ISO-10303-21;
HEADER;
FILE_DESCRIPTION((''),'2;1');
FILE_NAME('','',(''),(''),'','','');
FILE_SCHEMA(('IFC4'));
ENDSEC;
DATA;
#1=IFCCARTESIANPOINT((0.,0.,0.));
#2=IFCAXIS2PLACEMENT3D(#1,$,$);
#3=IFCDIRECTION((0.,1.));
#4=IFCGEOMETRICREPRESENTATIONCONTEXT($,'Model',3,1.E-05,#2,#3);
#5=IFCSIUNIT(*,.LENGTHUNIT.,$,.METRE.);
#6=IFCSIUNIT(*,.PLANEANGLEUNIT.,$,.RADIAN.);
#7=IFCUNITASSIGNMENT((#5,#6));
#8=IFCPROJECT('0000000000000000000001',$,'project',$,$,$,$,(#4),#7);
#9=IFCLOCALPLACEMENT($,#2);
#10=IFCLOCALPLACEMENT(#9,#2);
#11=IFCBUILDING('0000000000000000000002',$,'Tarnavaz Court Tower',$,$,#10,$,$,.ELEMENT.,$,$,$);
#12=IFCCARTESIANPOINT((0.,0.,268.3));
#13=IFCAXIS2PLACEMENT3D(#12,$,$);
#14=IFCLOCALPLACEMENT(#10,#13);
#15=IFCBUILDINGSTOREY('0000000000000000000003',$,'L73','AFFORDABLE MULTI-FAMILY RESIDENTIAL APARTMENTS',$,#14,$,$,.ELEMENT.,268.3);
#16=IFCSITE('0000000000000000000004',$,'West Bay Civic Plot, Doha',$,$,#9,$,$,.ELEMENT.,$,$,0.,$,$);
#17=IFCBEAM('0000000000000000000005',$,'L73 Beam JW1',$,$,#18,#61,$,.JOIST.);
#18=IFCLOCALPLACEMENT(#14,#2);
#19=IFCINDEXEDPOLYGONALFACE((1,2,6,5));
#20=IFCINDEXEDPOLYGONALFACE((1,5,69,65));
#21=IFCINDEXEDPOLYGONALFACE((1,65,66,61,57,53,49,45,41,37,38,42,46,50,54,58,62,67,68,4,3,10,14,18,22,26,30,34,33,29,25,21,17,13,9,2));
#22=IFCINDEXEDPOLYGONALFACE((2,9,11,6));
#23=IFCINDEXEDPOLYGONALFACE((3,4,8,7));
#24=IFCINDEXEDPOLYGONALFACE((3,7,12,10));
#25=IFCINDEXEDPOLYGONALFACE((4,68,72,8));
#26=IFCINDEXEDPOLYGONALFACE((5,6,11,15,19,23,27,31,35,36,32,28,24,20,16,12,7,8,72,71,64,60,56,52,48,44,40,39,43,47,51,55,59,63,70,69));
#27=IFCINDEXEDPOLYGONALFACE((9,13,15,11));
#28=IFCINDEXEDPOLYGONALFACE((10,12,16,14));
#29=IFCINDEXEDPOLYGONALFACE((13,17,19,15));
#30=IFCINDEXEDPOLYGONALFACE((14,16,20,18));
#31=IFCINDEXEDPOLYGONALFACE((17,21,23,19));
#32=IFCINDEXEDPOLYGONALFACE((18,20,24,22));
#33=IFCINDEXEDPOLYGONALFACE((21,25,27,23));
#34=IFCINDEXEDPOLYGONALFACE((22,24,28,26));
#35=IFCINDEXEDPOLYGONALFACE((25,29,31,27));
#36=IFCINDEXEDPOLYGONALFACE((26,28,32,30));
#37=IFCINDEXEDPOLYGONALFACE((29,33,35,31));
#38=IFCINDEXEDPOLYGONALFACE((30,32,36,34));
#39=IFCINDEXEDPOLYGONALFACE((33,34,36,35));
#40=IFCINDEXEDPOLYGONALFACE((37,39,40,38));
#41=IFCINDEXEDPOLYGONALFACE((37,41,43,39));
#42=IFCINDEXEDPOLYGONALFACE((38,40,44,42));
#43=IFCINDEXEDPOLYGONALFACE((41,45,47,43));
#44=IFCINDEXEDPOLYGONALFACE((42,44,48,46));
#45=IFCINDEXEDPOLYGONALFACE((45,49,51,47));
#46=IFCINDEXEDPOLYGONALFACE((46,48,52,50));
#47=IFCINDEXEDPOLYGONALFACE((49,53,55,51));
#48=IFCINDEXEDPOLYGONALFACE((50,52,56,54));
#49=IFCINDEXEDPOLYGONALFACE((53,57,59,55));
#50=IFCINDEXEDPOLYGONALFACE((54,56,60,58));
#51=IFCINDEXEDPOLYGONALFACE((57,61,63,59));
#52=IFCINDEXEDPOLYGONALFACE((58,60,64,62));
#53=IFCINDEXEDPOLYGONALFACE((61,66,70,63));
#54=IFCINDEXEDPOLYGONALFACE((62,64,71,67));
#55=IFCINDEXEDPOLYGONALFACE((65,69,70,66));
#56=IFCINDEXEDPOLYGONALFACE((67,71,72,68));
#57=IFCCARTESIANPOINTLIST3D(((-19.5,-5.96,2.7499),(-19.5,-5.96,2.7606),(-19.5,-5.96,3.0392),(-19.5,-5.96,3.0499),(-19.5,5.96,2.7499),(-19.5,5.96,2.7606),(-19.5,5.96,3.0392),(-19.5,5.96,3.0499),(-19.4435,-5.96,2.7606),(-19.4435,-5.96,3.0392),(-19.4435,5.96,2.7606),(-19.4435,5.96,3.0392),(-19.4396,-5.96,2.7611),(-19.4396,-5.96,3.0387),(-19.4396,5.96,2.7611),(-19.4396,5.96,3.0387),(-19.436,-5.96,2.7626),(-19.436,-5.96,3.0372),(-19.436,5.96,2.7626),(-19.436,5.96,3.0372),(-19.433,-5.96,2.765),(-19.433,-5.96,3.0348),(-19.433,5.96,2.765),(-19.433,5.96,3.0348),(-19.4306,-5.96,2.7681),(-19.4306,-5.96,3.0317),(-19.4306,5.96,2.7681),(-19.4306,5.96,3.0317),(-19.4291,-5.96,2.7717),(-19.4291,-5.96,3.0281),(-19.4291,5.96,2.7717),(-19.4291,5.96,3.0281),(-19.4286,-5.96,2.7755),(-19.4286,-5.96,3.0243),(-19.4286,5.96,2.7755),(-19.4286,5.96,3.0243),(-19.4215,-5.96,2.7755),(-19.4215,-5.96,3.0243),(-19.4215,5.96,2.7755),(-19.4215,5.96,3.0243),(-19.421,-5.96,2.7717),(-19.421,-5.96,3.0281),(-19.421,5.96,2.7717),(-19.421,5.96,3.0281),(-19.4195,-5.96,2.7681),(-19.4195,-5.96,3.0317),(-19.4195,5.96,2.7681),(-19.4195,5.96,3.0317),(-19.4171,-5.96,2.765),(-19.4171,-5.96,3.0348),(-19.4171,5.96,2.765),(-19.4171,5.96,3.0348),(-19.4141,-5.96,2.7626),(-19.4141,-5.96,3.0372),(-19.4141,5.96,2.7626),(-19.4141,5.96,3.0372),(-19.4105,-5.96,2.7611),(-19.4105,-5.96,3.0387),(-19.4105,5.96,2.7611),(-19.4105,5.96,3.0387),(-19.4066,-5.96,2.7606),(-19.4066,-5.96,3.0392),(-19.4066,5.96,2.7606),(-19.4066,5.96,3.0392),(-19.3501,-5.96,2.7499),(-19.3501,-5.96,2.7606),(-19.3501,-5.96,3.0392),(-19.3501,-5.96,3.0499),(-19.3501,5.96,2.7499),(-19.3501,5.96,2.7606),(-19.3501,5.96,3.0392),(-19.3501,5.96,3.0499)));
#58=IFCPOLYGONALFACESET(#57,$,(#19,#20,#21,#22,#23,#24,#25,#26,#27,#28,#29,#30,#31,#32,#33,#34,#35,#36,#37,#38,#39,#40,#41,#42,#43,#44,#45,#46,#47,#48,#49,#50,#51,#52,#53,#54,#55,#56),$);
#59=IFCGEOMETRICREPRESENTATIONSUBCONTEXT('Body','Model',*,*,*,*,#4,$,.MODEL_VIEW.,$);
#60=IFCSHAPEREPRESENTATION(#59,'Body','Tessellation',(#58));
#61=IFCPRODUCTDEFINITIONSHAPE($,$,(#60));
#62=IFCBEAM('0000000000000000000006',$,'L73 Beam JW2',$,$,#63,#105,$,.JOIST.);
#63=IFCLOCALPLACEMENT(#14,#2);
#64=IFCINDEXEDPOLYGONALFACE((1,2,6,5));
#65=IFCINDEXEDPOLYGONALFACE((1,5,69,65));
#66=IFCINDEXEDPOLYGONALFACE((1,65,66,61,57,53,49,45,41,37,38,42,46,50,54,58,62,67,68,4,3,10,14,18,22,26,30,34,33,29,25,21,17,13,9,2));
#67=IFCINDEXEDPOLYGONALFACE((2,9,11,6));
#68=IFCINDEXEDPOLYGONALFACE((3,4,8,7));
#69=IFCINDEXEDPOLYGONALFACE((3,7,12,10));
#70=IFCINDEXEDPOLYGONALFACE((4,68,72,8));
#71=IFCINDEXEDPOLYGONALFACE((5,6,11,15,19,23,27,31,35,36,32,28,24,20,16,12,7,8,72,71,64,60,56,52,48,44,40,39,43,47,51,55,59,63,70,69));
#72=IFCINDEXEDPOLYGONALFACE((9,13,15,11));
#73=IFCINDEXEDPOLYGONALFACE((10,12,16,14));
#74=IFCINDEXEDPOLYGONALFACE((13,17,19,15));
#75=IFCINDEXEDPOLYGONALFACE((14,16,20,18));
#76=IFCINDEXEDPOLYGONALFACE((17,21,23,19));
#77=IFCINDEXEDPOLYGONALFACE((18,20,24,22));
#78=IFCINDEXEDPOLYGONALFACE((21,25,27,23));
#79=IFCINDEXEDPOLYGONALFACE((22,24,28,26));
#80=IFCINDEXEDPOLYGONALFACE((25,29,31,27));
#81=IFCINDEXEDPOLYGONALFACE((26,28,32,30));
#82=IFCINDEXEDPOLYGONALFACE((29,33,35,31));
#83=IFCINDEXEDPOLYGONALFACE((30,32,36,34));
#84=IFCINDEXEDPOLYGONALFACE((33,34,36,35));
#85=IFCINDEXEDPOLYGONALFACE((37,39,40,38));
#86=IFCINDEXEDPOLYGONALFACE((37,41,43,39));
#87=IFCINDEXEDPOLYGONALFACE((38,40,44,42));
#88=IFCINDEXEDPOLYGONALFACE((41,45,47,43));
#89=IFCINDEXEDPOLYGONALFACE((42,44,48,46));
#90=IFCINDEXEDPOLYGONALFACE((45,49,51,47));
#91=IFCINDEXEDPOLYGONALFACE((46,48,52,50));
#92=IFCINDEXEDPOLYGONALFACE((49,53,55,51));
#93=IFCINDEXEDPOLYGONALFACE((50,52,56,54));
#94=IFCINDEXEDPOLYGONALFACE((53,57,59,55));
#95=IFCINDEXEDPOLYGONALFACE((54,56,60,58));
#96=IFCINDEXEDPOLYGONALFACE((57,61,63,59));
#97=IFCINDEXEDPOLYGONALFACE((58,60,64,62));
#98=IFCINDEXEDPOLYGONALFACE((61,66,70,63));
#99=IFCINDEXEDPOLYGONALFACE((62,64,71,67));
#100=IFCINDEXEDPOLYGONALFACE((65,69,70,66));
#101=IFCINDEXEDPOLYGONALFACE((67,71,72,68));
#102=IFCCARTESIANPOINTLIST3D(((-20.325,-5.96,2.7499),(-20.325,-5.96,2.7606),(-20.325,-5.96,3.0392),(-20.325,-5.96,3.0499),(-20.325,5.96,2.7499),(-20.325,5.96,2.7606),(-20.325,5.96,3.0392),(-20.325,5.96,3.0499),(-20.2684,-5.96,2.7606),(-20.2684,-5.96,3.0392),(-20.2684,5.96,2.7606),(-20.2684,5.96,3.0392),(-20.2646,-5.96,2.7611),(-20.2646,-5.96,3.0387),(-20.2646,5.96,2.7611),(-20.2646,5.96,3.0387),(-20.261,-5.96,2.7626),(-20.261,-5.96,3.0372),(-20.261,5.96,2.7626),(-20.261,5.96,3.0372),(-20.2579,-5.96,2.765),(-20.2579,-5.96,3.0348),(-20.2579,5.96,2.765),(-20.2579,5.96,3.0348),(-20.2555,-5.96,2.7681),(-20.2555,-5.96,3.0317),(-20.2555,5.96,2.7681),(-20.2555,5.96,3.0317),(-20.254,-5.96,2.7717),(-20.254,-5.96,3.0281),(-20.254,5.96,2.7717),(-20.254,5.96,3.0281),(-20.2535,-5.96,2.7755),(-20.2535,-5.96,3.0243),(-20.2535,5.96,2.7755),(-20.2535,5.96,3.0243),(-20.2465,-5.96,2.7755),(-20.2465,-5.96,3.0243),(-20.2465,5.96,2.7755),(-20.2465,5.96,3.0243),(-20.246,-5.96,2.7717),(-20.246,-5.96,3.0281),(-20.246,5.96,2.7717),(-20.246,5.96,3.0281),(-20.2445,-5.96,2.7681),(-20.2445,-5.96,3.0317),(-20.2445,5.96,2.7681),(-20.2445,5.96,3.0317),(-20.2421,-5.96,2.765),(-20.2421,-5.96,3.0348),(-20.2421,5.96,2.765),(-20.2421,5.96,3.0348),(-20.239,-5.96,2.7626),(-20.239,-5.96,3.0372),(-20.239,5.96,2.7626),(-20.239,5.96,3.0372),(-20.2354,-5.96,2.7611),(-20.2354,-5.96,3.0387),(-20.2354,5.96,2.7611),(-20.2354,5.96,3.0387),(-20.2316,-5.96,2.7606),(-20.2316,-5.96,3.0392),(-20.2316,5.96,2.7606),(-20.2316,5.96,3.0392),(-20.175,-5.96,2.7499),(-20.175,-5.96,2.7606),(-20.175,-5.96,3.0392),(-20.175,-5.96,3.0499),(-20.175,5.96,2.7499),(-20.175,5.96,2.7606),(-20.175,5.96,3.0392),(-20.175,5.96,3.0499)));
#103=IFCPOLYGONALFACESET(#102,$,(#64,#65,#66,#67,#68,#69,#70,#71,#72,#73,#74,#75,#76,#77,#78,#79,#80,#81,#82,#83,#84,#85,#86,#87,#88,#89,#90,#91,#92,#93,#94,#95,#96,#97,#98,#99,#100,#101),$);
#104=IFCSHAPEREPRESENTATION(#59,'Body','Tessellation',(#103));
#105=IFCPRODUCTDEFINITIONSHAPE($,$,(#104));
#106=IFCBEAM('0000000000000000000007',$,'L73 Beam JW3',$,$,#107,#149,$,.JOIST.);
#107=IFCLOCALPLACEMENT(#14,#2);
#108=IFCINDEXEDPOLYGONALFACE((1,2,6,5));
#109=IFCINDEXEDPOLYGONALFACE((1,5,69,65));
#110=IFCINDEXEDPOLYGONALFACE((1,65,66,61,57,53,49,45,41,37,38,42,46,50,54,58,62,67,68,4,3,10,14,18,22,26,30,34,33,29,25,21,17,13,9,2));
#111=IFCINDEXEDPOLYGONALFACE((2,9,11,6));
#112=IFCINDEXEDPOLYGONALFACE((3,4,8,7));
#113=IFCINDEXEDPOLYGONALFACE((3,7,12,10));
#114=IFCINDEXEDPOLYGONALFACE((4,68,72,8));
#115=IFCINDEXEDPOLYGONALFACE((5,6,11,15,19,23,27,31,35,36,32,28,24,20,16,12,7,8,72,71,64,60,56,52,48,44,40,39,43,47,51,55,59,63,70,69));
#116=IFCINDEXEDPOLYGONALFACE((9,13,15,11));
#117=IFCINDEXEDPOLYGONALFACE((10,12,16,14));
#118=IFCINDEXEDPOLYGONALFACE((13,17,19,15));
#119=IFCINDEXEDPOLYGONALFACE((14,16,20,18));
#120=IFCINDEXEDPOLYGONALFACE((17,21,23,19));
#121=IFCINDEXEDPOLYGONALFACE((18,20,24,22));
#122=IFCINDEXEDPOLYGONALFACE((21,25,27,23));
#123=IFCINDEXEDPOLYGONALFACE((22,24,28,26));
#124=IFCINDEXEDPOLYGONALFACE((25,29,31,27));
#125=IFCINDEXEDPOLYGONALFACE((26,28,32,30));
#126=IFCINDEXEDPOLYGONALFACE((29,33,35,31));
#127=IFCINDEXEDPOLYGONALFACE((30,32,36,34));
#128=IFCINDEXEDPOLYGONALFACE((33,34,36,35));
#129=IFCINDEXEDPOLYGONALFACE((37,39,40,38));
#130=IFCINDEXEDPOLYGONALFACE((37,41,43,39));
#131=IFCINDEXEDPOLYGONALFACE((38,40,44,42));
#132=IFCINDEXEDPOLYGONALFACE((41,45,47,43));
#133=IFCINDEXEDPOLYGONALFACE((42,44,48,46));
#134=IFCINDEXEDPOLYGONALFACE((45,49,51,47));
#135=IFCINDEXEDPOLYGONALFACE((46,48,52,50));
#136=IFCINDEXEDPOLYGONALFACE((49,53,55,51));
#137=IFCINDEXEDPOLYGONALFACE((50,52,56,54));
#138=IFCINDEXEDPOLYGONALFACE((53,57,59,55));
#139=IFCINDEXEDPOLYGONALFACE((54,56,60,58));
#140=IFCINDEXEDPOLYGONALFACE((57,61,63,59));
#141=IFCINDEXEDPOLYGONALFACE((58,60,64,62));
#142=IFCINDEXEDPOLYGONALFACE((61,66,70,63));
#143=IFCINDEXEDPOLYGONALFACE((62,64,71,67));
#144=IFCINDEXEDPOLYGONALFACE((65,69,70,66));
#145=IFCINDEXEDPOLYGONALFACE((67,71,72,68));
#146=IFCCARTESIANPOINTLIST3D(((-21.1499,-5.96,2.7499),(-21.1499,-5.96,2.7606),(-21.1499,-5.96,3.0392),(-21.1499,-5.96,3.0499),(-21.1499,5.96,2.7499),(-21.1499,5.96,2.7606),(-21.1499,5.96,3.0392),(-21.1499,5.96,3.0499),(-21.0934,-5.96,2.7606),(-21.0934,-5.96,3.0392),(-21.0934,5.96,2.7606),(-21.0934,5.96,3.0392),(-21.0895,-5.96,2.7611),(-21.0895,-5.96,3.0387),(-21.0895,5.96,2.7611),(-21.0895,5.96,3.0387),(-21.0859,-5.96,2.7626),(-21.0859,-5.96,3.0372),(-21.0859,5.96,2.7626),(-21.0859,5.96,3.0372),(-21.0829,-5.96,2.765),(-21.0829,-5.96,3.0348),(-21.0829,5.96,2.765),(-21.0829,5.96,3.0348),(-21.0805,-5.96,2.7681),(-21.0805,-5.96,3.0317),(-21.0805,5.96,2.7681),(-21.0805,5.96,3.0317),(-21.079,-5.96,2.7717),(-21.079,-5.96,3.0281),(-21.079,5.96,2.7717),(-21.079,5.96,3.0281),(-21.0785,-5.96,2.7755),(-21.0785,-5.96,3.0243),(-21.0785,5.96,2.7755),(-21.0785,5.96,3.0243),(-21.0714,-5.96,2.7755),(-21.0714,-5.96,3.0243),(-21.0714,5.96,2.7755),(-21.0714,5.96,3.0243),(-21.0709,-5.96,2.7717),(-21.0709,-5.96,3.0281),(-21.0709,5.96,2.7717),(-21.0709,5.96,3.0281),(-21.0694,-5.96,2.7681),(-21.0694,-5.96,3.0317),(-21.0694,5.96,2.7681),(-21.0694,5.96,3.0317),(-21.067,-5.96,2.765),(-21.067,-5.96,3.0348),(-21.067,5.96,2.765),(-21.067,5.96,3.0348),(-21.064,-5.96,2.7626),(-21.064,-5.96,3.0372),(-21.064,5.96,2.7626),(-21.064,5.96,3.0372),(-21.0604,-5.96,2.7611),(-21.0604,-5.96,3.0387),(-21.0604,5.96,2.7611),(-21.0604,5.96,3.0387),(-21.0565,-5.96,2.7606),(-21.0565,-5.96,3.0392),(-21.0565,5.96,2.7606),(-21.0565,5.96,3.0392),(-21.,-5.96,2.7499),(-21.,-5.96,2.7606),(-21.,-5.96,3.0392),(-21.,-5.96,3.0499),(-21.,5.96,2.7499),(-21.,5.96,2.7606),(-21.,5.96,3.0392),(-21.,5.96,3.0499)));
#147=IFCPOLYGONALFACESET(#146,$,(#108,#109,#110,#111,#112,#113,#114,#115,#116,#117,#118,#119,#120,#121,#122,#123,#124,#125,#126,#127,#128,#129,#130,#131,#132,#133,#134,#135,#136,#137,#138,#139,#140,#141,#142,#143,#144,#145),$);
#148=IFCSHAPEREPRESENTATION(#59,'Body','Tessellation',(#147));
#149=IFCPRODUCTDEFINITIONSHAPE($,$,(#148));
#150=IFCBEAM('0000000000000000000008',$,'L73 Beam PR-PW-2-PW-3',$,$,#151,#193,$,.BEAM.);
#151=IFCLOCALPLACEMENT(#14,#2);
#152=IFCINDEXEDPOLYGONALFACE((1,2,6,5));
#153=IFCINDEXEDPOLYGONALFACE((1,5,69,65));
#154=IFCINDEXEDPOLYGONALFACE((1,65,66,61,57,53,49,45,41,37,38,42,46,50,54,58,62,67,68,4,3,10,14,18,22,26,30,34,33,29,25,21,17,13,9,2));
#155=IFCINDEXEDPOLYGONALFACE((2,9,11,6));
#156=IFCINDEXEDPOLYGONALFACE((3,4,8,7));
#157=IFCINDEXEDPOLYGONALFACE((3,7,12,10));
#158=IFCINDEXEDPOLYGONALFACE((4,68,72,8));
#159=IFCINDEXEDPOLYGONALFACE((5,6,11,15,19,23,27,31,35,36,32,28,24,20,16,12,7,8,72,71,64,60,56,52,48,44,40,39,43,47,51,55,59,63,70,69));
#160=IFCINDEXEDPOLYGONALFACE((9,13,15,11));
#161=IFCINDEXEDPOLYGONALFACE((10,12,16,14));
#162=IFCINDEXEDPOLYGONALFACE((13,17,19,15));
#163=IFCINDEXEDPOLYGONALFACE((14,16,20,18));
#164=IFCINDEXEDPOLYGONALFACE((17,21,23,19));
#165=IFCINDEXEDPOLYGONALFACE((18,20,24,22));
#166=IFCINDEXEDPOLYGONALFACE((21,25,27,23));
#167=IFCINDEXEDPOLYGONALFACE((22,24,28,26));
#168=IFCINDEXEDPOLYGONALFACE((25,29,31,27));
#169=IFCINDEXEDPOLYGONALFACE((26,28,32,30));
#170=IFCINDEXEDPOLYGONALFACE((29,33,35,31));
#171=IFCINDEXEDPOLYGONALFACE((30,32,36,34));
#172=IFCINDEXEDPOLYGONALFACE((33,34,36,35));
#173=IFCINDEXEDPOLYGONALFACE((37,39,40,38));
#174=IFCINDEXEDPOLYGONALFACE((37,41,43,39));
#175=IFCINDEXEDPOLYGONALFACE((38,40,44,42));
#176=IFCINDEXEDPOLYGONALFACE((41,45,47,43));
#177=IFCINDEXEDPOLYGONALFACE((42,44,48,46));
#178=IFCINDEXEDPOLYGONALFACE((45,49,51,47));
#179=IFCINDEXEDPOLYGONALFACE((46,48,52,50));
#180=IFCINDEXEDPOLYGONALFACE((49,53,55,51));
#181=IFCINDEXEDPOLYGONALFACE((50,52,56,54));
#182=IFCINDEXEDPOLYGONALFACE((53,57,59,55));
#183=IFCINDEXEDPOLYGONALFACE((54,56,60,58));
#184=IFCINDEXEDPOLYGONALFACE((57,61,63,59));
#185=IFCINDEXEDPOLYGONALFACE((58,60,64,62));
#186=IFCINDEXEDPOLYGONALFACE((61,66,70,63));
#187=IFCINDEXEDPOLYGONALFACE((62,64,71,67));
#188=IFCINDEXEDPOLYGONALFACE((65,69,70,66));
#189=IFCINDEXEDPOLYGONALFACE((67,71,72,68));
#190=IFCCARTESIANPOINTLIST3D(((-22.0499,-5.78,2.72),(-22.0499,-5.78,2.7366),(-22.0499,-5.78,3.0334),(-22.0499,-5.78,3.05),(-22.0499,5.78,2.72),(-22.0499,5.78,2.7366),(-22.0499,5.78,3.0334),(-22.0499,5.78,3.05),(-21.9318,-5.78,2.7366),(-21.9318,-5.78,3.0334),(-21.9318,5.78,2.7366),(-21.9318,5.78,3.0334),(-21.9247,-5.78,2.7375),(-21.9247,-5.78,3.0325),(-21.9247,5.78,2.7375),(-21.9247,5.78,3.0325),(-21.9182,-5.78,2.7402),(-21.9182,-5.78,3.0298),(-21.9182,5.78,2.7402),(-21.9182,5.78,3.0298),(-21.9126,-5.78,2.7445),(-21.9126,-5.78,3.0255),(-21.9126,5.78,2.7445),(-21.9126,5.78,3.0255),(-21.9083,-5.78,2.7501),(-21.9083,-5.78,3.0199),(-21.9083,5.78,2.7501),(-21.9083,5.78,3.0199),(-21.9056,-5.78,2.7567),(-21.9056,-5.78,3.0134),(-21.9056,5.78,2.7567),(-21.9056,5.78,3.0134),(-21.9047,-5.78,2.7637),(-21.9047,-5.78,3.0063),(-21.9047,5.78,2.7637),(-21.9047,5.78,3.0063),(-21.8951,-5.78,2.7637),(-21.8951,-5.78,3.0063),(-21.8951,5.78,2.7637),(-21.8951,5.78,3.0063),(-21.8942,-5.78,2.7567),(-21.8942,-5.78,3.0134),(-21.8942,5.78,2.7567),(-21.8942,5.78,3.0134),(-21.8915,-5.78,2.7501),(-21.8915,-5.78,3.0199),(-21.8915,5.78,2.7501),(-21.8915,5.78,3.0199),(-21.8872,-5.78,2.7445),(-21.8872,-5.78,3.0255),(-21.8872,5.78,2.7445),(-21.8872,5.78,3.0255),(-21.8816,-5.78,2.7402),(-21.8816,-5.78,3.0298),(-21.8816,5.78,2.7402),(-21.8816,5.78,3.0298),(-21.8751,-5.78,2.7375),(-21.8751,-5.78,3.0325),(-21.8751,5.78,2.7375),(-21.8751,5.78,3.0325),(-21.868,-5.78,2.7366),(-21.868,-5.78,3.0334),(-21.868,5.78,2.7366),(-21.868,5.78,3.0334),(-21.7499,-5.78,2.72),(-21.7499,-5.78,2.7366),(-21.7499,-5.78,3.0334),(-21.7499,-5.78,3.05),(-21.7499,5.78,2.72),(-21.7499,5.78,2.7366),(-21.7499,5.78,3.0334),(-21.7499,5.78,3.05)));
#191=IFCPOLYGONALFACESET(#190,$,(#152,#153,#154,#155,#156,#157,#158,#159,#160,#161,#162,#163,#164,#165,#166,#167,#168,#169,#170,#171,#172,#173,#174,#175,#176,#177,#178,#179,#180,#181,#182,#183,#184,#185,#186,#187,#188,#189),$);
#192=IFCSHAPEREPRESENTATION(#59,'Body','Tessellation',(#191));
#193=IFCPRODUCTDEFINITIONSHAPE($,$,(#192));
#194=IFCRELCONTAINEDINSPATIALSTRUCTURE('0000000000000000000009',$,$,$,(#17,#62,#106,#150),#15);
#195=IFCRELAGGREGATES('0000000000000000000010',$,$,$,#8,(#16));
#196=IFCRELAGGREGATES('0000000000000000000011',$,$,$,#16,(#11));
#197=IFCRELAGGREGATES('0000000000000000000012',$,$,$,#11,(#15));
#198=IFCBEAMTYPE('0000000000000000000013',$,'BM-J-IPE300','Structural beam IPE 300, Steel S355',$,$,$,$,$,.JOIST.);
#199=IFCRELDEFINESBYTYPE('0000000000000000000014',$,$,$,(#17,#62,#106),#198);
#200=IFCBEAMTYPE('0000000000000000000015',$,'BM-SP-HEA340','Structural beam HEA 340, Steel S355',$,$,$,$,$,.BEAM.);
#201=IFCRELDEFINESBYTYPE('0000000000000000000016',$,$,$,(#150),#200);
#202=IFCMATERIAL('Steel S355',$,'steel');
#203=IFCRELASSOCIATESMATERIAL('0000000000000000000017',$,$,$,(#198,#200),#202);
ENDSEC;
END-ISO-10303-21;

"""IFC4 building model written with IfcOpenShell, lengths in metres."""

from ifc_helpers import new_model, si_unit, direction, frame, origin, origin_2d, place, context, subcontext, project, spatial, i_section, extrude, material, material_profile, profile_set, type_object, element, save


model = new_model("IFC4")

# Units and contexts
model_context = context("Model", 3, precision=1e-05, world=origin(), true_north=direction((0.0, 1.0)))
body_context = subcontext(model_context, "Body", "Model", "MODEL_VIEW")
ifc_project = project(units=[si_unit("LENGTHUNIT", "METRE"), si_unit("PLANEANGLEUNIT", "RADIAN")], contexts=[model_context])

# Site, building, storey
site_placement = place(None, origin())
site = spatial("IfcSite", under=ifc_project, at=site_placement, Name="West Bay Civic Plot, Doha", CompositionType="ELEMENT", RefElevation=0.0)
building_placement = place(site_placement, origin())
building = spatial("IfcBuilding", under=site, at=building_placement, Name="Tarnavaz Court Tower", CompositionType="ELEMENT")
storey_placement = place(building_placement, frame((0.0, 0.0, 268.3)))
storey = spatial("IfcBuildingStorey", under=building, at=storey_placement, Name="L73", Description="AFFORDABLE MULTI-FAMILY RESIDENTIAL APARTMENTS", CompositionType="ELEMENT", Elevation=268.3)

# Beams
ifc_material_1 = material(Name="Steel S355", Category="steel")
ifc_material_profile_1 = material_profile(ifc_material_1, i_section(OverallWidth=0.1499, OverallDepth=0.3, WebThickness=0.0071, FlangeThickness=0.0107, FilletRadius=0.0149, at=origin_2d()), Name="IPE 300")
ifc_profile_set_1 = profile_set([ifc_material_profile_1], Name="Steel S355")
beam_type_1 = type_object("IfcBeamType", Name="BM-J-IPE300", Description="Structural beam IPE 300, Steel S355", PredefinedType="JOIST", material=ifc_profile_set_1)
for number, where, z_axis, x_axis, name in (
    (1, (-19.425, -5.96, 2.8999), (0.0, 1.0, 0.0), (-1.0, 0.0, 0.0), "L73 Beam JW1"),
    (2, (-20.25, -5.96, 2.8999), (0.0, 1.0, 0.0), (-1.0, 0.0, 0.0), "L73 Beam JW2"),
    (3, (-21.075, -5.96, 2.8999), (0.0, 1.0, 0.0), (-1.0, 0.0, 0.0), "L73 Beam JW3"),
):
    element("IfcBeam", number, at=place(storey_placement, frame(where, z_axis=z_axis, x_axis=x_axis)), inside=storey, type_object=beam_type_1, Name=name, PredefinedType="JOIST", context=body_context, shape_type="SweptSolid", body=[
        extrude(i_section(OverallWidth=0.1499, OverallDepth=0.3, WebThickness=0.0071, FlangeThickness=0.0107, FilletRadius=0.0149, at=origin_2d()), origin(), (0.0, 0.0, 1.0), 11.9199),
    ])
ifc_material_profile_2 = material_profile(ifc_material_1, i_section(OverallWidth=0.3, OverallDepth=0.3301, WebThickness=0.0095, FlangeThickness=0.0166, FilletRadius=0.0271, at=origin_2d()), Name="HEA 340")
ifc_profile_set_2 = profile_set([ifc_material_profile_2], Name="Steel S355")
beam_type_2 = type_object("IfcBeamType", Name="BM-SP-HEA340", Description="Structural beam HEA 340, Steel S355", PredefinedType="BEAM", material=ifc_profile_set_2)
beam_1_placement = place(storey_placement, frame((-21.8999, -5.78, 2.885), z_axis=(0.0, 1.0, 0.0), x_axis=(-1.0, 0.0, 0.0)))
element("IfcBeam", 4, at=beam_1_placement, inside=storey, type_object=beam_type_2, Name="L73 Beam PR-PW-2-PW-3", PredefinedType="BEAM", context=body_context, shape_type="SweptSolid", body=[
    extrude(i_section(OverallWidth=0.3, OverallDepth=0.3301, WebThickness=0.0095, FlangeThickness=0.0166, FilletRadius=0.0271, at=origin_2d()), origin(), (0.0, 0.0, 1.0), 11.5601),
])

save(model, "model.ifc")
